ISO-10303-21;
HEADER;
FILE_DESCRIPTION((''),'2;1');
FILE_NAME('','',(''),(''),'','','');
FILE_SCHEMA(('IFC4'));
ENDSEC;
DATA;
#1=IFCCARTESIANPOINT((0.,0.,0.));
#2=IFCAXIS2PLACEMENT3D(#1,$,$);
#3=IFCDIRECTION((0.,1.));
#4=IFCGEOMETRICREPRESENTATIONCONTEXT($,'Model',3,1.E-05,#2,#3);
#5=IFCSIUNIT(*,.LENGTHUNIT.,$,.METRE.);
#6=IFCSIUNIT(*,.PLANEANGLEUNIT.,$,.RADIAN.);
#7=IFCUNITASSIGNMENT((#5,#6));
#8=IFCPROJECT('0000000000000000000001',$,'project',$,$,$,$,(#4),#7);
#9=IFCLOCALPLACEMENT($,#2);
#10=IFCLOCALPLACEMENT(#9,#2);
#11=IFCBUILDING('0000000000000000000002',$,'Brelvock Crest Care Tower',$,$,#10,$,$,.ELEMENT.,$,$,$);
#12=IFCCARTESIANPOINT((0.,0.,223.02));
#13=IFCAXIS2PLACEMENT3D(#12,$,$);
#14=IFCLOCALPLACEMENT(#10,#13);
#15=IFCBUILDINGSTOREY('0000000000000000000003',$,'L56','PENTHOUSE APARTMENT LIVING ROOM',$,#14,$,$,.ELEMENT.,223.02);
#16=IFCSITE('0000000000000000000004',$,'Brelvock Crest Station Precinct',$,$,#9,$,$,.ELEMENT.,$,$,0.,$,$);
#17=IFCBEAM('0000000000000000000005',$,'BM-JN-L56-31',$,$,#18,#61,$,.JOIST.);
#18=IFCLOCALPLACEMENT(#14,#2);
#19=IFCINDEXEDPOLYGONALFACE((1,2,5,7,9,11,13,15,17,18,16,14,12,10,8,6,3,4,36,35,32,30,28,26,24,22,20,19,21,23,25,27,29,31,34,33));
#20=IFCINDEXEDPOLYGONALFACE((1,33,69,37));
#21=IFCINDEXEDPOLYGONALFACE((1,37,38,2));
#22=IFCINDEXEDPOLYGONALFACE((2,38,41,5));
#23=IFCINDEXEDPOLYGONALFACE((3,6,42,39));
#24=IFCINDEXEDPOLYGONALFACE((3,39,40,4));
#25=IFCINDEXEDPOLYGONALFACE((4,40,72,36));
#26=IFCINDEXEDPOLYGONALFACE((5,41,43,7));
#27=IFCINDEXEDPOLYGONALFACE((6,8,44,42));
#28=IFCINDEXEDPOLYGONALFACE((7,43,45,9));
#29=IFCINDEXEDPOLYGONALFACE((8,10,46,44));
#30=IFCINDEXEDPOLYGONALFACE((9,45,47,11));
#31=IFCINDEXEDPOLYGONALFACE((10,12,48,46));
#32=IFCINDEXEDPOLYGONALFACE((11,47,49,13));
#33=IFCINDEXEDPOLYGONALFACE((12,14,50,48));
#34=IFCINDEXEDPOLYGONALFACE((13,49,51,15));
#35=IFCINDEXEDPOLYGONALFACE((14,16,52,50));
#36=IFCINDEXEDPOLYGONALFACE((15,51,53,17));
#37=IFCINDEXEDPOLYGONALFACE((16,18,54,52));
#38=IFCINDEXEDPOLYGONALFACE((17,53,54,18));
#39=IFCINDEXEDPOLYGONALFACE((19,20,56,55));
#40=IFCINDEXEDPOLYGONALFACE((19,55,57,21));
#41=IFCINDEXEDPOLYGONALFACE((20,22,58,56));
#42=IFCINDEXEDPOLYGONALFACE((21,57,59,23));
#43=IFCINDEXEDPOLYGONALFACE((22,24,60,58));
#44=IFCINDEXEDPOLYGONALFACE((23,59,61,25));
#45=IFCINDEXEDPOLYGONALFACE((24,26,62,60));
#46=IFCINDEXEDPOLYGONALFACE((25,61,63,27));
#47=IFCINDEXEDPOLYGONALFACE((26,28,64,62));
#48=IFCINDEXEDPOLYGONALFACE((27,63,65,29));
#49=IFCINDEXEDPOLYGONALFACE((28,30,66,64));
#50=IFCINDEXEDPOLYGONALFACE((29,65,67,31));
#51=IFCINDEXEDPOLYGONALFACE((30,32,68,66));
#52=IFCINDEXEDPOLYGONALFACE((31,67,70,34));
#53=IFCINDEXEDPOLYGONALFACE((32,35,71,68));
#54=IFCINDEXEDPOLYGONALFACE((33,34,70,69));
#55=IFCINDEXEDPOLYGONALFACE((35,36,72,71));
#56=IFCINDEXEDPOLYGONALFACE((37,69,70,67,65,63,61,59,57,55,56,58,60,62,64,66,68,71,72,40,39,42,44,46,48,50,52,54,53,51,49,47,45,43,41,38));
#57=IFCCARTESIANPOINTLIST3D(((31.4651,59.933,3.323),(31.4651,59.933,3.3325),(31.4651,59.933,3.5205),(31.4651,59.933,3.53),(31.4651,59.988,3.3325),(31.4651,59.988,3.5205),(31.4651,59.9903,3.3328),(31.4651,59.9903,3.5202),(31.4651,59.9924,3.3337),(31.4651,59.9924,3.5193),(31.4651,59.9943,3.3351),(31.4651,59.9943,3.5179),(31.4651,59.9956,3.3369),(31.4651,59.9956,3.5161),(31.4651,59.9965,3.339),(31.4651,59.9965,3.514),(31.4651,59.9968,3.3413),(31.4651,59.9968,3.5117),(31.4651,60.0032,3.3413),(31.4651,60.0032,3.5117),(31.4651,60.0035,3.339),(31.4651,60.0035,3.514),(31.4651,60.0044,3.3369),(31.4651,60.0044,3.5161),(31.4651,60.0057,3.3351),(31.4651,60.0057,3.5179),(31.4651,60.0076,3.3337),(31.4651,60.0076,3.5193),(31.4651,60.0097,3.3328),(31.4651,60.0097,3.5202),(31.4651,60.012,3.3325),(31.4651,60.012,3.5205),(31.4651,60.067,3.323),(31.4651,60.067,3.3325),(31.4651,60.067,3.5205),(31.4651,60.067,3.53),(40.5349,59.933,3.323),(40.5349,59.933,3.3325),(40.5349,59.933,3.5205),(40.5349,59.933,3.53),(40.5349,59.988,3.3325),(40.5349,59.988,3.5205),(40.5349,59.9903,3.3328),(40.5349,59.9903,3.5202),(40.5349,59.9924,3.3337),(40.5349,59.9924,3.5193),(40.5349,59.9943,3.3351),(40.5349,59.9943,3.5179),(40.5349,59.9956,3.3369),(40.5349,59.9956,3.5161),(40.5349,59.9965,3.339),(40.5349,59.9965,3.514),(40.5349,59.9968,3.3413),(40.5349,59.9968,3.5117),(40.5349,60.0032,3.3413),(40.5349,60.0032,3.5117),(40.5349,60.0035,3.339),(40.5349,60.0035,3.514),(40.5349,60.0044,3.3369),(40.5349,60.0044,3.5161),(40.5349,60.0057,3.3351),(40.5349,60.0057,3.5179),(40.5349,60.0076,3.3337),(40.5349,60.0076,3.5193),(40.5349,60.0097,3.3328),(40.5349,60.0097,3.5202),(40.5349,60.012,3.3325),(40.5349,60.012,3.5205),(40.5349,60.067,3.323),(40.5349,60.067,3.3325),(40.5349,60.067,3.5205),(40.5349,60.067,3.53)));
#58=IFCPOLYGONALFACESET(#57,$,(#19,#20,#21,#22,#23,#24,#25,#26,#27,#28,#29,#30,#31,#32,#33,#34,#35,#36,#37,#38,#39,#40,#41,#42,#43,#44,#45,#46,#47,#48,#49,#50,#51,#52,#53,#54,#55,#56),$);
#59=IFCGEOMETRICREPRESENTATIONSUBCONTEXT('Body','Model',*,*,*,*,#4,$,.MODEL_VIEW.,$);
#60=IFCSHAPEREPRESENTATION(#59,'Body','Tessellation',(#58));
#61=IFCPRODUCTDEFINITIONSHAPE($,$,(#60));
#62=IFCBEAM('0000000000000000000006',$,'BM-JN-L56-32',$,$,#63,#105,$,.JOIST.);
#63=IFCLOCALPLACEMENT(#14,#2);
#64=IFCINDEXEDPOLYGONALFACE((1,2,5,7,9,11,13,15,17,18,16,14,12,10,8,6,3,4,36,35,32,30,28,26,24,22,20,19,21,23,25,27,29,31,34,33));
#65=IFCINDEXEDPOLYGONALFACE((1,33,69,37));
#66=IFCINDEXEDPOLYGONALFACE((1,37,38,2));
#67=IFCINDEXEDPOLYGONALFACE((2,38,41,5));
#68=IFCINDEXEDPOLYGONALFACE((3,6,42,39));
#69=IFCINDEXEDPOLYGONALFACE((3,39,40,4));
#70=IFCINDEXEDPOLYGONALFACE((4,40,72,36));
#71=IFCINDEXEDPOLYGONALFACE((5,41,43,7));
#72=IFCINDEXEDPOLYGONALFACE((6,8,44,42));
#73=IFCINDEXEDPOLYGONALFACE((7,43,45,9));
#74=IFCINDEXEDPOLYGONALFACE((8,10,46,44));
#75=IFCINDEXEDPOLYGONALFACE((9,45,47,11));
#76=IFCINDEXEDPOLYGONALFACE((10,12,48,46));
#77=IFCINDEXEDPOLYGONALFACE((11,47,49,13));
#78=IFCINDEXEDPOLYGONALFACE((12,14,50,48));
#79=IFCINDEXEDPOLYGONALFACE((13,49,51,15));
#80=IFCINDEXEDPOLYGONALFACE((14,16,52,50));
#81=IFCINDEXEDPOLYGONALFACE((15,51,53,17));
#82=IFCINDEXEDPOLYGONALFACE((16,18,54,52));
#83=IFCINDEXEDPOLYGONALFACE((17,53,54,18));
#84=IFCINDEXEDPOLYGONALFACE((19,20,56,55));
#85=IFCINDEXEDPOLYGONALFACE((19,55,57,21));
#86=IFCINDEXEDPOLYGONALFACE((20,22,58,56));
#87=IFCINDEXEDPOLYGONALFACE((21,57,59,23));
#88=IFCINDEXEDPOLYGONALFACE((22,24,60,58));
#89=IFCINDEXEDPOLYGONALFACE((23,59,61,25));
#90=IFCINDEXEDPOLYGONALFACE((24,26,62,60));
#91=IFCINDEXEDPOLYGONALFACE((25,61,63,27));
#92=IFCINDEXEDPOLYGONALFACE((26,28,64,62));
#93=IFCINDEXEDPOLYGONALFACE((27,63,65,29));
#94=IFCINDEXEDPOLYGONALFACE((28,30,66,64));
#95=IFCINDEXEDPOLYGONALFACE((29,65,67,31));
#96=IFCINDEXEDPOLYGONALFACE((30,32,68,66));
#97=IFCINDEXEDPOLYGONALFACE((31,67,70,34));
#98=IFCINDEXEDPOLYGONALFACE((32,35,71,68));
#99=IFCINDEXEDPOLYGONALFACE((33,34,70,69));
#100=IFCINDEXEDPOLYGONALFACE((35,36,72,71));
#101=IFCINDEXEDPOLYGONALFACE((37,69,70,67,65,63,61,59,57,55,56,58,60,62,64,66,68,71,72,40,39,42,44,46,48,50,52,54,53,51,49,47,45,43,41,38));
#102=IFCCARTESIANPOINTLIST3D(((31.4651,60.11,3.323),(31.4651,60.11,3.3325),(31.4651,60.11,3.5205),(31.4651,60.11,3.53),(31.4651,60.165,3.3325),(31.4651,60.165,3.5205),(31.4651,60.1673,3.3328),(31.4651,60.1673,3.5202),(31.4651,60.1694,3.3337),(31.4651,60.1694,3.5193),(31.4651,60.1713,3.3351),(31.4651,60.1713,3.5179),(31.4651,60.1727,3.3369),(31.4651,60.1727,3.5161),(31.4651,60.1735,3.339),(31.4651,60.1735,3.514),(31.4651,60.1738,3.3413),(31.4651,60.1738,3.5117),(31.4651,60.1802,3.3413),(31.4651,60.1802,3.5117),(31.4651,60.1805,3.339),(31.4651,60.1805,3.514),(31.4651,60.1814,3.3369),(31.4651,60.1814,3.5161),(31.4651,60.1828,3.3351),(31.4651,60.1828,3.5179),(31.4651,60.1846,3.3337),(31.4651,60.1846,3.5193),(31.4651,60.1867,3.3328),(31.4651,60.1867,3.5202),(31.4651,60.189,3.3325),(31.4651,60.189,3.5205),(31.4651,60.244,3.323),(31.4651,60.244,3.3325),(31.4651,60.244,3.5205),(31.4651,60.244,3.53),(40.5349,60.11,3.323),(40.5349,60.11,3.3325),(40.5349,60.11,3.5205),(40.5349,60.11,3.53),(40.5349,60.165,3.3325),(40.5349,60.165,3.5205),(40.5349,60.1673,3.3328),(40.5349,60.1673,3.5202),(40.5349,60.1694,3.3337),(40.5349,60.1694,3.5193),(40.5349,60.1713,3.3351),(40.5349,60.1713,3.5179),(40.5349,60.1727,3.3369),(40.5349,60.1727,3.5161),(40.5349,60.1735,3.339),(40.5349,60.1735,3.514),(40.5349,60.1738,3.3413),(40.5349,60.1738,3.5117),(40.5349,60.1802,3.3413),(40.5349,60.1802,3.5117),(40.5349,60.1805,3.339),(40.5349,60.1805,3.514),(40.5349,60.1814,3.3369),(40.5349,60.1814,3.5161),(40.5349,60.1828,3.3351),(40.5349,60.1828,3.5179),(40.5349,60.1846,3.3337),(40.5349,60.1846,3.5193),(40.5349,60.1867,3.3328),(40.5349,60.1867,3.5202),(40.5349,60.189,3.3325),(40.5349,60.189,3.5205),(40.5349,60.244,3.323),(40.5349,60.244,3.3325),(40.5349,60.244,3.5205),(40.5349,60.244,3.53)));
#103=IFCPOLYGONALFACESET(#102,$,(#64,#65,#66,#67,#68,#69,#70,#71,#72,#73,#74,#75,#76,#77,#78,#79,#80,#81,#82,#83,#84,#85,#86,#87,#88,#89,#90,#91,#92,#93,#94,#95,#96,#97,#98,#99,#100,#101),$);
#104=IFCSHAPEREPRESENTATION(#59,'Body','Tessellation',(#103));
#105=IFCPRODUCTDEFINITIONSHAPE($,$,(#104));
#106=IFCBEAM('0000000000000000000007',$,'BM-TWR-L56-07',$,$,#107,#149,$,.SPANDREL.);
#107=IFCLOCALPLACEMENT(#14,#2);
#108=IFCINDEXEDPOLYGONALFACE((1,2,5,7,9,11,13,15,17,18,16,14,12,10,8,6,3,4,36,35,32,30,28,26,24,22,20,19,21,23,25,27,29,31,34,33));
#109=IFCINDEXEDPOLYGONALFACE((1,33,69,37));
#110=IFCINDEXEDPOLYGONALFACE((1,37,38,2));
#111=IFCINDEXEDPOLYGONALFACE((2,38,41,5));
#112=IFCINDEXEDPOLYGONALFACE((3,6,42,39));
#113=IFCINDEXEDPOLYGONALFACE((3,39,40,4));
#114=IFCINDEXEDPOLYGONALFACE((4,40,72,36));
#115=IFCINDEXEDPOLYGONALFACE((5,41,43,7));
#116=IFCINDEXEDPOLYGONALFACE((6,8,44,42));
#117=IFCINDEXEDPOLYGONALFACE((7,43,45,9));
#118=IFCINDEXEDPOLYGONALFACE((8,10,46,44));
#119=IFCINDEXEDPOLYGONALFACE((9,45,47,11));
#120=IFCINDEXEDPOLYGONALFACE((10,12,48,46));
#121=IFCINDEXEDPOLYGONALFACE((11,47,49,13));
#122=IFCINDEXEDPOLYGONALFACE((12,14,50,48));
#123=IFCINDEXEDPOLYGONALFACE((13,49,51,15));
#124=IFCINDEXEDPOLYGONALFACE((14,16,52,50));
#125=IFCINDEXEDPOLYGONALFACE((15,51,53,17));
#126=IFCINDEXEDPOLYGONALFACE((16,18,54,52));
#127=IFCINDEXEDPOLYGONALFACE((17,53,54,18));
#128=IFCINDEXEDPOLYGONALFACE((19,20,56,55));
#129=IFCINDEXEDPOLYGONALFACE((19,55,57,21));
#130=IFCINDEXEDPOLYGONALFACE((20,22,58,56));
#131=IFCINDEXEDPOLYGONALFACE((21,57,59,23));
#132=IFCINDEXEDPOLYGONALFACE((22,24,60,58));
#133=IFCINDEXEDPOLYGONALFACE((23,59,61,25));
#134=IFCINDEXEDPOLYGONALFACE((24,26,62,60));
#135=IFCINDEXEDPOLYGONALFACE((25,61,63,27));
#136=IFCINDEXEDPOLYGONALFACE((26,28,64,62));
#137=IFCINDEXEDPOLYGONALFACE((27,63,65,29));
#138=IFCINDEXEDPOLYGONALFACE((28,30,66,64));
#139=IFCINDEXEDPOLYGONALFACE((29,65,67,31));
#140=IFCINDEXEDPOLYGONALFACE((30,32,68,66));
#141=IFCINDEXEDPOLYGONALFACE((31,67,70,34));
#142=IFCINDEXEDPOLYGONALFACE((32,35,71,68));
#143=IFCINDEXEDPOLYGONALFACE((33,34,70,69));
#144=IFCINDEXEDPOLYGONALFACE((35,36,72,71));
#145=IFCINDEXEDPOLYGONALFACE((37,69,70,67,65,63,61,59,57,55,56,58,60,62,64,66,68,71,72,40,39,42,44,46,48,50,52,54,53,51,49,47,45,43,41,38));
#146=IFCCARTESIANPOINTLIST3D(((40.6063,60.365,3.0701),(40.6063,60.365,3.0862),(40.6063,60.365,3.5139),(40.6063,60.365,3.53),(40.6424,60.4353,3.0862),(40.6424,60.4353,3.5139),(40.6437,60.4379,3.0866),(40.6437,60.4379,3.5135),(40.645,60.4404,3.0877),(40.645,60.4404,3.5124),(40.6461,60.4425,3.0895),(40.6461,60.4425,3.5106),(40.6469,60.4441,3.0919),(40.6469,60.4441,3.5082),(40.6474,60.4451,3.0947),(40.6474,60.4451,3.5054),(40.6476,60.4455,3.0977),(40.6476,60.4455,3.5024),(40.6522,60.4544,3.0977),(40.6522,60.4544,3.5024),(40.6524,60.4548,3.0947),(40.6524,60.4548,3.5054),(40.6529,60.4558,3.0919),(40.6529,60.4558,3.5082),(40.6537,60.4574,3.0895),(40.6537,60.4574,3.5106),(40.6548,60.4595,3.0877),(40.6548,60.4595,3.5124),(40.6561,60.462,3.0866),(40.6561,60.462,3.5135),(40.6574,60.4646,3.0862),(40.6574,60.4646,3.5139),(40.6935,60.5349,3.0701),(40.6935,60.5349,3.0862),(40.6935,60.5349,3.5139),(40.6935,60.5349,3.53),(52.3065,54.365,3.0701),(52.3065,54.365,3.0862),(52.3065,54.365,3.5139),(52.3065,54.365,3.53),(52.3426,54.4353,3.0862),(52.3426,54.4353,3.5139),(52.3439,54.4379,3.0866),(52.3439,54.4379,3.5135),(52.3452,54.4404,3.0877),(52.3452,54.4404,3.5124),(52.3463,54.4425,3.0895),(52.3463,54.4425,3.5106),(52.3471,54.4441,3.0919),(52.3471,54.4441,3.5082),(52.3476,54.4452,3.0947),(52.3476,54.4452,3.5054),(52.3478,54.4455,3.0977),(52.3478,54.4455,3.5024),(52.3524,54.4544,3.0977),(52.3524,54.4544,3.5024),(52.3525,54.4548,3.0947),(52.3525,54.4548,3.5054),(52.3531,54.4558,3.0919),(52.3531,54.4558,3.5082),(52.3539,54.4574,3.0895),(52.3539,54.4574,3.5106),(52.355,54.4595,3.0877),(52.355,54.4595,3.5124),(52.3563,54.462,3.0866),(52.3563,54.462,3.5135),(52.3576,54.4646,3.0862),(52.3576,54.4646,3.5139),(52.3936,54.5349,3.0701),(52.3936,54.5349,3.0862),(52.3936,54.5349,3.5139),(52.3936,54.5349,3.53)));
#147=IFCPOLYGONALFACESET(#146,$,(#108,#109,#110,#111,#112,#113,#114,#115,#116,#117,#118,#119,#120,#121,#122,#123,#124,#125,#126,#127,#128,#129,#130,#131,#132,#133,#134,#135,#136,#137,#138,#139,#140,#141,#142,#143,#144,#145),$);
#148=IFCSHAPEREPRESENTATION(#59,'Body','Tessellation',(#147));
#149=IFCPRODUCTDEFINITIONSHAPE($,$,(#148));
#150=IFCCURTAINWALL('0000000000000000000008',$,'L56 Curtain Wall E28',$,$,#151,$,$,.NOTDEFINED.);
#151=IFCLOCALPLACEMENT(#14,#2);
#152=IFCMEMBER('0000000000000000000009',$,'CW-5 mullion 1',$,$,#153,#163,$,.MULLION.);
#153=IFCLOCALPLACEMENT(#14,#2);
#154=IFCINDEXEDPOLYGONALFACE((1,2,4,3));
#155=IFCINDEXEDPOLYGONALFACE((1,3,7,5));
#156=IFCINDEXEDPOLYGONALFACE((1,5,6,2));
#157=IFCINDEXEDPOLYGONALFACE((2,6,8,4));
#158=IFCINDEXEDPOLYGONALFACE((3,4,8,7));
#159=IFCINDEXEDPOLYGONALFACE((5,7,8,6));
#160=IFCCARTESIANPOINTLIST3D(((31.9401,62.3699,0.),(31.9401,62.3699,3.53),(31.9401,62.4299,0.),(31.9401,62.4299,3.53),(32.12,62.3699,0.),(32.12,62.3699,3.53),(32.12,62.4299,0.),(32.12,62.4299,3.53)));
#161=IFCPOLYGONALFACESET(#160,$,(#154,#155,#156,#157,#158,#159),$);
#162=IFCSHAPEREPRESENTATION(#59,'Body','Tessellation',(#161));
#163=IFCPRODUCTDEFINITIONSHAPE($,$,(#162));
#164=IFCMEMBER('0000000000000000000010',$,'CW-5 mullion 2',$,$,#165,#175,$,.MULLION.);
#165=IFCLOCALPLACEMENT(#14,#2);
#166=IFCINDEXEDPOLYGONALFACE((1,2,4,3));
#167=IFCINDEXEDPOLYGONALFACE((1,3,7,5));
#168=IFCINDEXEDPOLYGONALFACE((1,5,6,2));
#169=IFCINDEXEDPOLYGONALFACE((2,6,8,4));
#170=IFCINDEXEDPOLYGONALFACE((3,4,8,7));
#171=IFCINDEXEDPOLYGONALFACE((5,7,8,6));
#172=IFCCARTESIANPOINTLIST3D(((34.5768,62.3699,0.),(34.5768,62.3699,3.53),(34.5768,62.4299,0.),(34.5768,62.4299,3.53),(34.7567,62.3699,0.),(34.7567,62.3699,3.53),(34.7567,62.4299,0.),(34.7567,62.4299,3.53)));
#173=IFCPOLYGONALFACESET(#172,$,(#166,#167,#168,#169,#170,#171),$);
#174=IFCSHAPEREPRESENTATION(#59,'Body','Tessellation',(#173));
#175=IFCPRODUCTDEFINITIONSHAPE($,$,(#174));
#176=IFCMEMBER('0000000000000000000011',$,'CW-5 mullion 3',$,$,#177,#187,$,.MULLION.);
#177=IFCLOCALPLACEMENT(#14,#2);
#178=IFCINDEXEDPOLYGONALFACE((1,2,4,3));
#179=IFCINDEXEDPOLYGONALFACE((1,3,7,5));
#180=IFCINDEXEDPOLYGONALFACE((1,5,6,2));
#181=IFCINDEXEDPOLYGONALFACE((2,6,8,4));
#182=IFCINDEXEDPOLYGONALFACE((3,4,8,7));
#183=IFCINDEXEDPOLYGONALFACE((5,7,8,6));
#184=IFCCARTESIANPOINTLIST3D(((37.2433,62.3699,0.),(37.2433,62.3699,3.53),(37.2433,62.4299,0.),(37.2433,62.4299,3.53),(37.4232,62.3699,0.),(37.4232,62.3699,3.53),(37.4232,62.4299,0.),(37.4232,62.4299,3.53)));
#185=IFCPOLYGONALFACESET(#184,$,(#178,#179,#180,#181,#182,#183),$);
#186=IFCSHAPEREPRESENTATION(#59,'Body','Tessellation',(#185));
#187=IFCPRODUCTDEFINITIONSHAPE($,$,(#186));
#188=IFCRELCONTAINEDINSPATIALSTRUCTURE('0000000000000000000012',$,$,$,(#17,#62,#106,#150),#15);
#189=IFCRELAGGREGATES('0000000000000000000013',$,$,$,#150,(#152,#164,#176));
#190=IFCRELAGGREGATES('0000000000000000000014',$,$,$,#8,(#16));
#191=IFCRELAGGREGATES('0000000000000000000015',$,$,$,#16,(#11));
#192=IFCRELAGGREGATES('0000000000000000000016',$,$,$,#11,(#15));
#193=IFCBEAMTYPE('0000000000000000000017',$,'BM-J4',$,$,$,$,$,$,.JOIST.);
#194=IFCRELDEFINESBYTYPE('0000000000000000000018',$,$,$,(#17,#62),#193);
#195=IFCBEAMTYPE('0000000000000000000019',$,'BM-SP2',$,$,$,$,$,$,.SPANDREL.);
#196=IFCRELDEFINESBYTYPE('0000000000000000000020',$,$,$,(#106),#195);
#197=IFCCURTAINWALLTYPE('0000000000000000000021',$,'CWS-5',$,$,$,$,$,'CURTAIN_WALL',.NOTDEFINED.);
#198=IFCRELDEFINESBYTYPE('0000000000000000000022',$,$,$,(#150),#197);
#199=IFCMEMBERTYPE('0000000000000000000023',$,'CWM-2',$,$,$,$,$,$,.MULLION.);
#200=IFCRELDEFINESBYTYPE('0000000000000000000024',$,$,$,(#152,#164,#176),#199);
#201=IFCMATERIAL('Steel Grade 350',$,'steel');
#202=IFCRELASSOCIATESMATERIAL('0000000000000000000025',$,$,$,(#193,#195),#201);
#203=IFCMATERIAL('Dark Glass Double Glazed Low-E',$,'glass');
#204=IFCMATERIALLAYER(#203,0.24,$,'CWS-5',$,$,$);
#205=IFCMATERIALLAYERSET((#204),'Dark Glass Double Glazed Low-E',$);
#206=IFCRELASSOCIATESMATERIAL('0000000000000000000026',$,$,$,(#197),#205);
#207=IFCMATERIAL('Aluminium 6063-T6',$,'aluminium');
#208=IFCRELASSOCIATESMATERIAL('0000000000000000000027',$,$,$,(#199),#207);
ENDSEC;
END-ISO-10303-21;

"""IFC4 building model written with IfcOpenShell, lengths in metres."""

from ifc_helpers import new_model, si_unit, direction, frame, origin, origin_2d, place, context, subcontext, project, spatial, rectangle, i_section, extrude, source, transform, mapped, material, layer, layer_set, material_profile, profile_set, type_object, element, aggregate, save


model = new_model("IFC4")

# Units and contexts
model_context = context("Model", 3, precision=1e-05, world=origin(), true_north=direction((0.0, 1.0)))
body_context = subcontext(model_context, "Body", "Model", "MODEL_VIEW")
ifc_project = project(units=[si_unit("LENGTHUNIT", "METRE"), si_unit("PLANEANGLEUNIT", "RADIAN")], contexts=[model_context])

# Site, building, storey
site_placement = place(None, origin())
site = spatial("IfcSite", under=ifc_project, at=site_placement, Name="Brelvock Crest Station Precinct", CompositionType="ELEMENT", RefElevation=0.0)
building_placement = place(site_placement, origin())
building = spatial("IfcBuilding", under=site, at=building_placement, Name="Brelvock Crest Care Tower", CompositionType="ELEMENT")
storey_placement = place(building_placement, frame((0.0, 0.0, 223.02)))
storey = spatial("IfcBuildingStorey", under=building, at=storey_placement, Name="L56", Description="PENTHOUSE APARTMENT LIVING ROOM", CompositionType="ELEMENT", Elevation=223.02)

# Shared definitions
ifc_material_1 = material(Name="Steel Grade 350", Category="steel")

# Beams
ifc_material_profile_1 = material_profile(ifc_material_1, i_section(OverallWidth=0.134, OverallDepth=0.207, WebThickness=0.0063, FlangeThickness=0.0095, FilletRadius=0.0088, at=origin_2d()), Name="200UB29.8")
ifc_profile_set_1 = profile_set([ifc_material_profile_1], Name="Steel Grade 350")
beam_type_1 = type_object("IfcBeamType", Name="BM-J4", PredefinedType="JOIST", material=ifc_profile_set_1)
shared_shape_1 = source(origin(), body_context, "Body", "SweptSolid", [
    extrude(i_section(OverallWidth=0.134, OverallDepth=0.207, WebThickness=0.0063, FlangeThickness=0.0095, FilletRadius=0.0088, at=origin_2d()), origin(), (0.0, 0.0, 1.0), 9.0698),
])
for number, where, z_axis, x_axis, name in (
    (1, (31.4651, 60.0, 3.4265), (1.0, 0.0, 0.0), (0.0, 1.0, 0.0), "BM-JN-L56-31"),
    (2, (31.4651, 60.177, 3.4265), (1.0, 0.0, 0.0), (0.0, 1.0, 0.0), "BM-JN-L56-32"),
):
    element("IfcBeam", number, at=place(storey_placement, frame(where, z_axis=z_axis, x_axis=x_axis)), inside=storey, type_object=beam_type_1, Name=name, PredefinedType="JOIST", context=body_context, shape_type="MappedRepresentation", body=[
        mapped(shared_shape_1, transform((0.0, 0.0, 0.0), x_axis=(1.0, 0.0, 0.0), y_axis=(0.0, 1.0, 0.0), z_axis=(0.0, 0.0, 1.0), scale=1.0)),
    ])
ifc_material_profile_2 = material_profile(ifc_material_1, i_section(OverallWidth=0.1909, OverallDepth=0.46, WebThickness=0.01, FlangeThickness=0.0161, FilletRadius=0.0115, at=origin_2d()), Name="460UB82.1")
ifc_profile_set_2 = profile_set([ifc_material_profile_2], Name="Steel Grade 350")
beam_type_2 = type_object("IfcBeamType", Name="BM-SP2", PredefinedType="SPANDREL", material=ifc_profile_set_2)
shared_shape_2 = source(origin(), body_context, "Body", "SweptSolid", [
    extrude(i_section(OverallWidth=0.1909, OverallDepth=0.46, WebThickness=0.01, FlangeThickness=0.0161, FilletRadius=0.0115, at=origin_2d()), origin(), (0.0, 0.0, 1.0), 13.1489),
])
beam_placement = place(storey_placement, frame((40.6499, 60.45, 3.3), z_axis=(0.889821, -0.456311, 0.0), x_axis=(0.456311, 0.889821, 0.0)))
element("IfcBeam", 3, at=beam_placement, inside=storey, type_object=beam_type_2, Name="BM-TWR-L56-07", PredefinedType="SPANDREL", context=body_context, shape_type="MappedRepresentation", body=[
    mapped(shared_shape_2, transform((0.0, 0.0, 0.0), x_axis=(1.0, 0.0, 0.0), y_axis=(0.0, 1.0, 0.0), z_axis=(0.0, 0.0, 1.0), scale=1.0)),
])

# Curtain wall, members
ifc_material_2 = material(Name="Dark Glass Double Glazed Low-E", Category="glass")
ifc_layer_1 = layer(ifc_material_2, 0.24, Name="CWS-5")
ifc_layer_set_1 = layer_set([ifc_layer_1], Name="Dark Glass Double Glazed Low-E")
curtain_wall_type = type_object("IfcCurtainWallType", Name="CWS-5", ElementType="CURTAIN_WALL", PredefinedType="NOTDEFINED", material=ifc_layer_set_1)
curtain_wall_placement = place(storey_placement, origin())
curtain_wall = element("IfcCurtainWall", 4, at=curtain_wall_placement, inside=storey, type_object=curtain_wall_type, Name="L56 Curtain Wall E28", PredefinedType="NOTDEFINED")
ifc_material_3 = material(Name="Aluminium 6063-T6", Category="aluminium")
ifc_material_profile_3 = material_profile(ifc_material_3, rectangle(XDim=0.0601, YDim=0.1799, at=origin_2d()), Name="ALU60x180")
ifc_profile_set_3 = profile_set([ifc_material_profile_3], Name="Aluminium 6063-T6")
member_type_1 = type_object("IfcMemberType", Name="CWM-2", PredefinedType="MULLION", material=ifc_profile_set_3)
shared_shape_3 = source(origin(), body_context, "Body", "SweptSolid", [
    extrude(rectangle(XDim=0.0601, YDim=0.1799, at=origin_2d()), origin(), (0.0, 0.0, 1.0), 3.53),
])
member_1_placement = place(storey_placement, frame((32.03, 62.3999, 0.0), z_axis=(0.0, 0.0, 1.0), x_axis=(0.0, 1.0, 0.0)))
member_1 = element("IfcMember", 5, at=member_1_placement, type_object=member_type_1, Name="CW-5 mullion 1", PredefinedType="MULLION", context=body_context, shape_type="MappedRepresentation", body=[
    mapped(shared_shape_3, transform((0.0, 0.0, 0.0), x_axis=(1.0, 0.0, 0.0), y_axis=(0.0, 1.0, 0.0), z_axis=(0.0, 0.0, 1.0), scale=1.0)),
])
member_2_placement = place(storey_placement, frame((34.6667, 62.3999, 0.0), z_axis=(0.0, 0.0, 1.0), x_axis=(0.0, 1.0, 0.0)))
member_2 = element("IfcMember", 6, at=member_2_placement, type_object=member_type_1, Name="CW-5 mullion 2", PredefinedType="MULLION", context=body_context, shape_type="MappedRepresentation", body=[
    mapped(shared_shape_3, transform((0.0, 0.0, 0.0), x_axis=(1.0, 0.0, 0.0), y_axis=(0.0, 1.0, 0.0), z_axis=(0.0, 0.0, 1.0), scale=1.0)),
])
member_3_placement = place(storey_placement, frame((37.3333, 62.3999, 0.0), z_axis=(0.0, 0.0, 1.0), x_axis=(0.0, 1.0, 0.0)))
member_3 = element("IfcMember", 7, at=member_3_placement, type_object=member_type_1, Name="CW-5 mullion 3", PredefinedType="MULLION", context=body_context, shape_type="MappedRepresentation", body=[
    mapped(shared_shape_3, transform((0.0, 0.0, 0.0), x_axis=(1.0, 0.0, 0.0), y_axis=(0.0, 1.0, 0.0), z_axis=(0.0, 0.0, 1.0), scale=1.0)),
])
aggregate(curtain_wall, [member_1, member_2, member_3])

save(model, "model.ifc")
